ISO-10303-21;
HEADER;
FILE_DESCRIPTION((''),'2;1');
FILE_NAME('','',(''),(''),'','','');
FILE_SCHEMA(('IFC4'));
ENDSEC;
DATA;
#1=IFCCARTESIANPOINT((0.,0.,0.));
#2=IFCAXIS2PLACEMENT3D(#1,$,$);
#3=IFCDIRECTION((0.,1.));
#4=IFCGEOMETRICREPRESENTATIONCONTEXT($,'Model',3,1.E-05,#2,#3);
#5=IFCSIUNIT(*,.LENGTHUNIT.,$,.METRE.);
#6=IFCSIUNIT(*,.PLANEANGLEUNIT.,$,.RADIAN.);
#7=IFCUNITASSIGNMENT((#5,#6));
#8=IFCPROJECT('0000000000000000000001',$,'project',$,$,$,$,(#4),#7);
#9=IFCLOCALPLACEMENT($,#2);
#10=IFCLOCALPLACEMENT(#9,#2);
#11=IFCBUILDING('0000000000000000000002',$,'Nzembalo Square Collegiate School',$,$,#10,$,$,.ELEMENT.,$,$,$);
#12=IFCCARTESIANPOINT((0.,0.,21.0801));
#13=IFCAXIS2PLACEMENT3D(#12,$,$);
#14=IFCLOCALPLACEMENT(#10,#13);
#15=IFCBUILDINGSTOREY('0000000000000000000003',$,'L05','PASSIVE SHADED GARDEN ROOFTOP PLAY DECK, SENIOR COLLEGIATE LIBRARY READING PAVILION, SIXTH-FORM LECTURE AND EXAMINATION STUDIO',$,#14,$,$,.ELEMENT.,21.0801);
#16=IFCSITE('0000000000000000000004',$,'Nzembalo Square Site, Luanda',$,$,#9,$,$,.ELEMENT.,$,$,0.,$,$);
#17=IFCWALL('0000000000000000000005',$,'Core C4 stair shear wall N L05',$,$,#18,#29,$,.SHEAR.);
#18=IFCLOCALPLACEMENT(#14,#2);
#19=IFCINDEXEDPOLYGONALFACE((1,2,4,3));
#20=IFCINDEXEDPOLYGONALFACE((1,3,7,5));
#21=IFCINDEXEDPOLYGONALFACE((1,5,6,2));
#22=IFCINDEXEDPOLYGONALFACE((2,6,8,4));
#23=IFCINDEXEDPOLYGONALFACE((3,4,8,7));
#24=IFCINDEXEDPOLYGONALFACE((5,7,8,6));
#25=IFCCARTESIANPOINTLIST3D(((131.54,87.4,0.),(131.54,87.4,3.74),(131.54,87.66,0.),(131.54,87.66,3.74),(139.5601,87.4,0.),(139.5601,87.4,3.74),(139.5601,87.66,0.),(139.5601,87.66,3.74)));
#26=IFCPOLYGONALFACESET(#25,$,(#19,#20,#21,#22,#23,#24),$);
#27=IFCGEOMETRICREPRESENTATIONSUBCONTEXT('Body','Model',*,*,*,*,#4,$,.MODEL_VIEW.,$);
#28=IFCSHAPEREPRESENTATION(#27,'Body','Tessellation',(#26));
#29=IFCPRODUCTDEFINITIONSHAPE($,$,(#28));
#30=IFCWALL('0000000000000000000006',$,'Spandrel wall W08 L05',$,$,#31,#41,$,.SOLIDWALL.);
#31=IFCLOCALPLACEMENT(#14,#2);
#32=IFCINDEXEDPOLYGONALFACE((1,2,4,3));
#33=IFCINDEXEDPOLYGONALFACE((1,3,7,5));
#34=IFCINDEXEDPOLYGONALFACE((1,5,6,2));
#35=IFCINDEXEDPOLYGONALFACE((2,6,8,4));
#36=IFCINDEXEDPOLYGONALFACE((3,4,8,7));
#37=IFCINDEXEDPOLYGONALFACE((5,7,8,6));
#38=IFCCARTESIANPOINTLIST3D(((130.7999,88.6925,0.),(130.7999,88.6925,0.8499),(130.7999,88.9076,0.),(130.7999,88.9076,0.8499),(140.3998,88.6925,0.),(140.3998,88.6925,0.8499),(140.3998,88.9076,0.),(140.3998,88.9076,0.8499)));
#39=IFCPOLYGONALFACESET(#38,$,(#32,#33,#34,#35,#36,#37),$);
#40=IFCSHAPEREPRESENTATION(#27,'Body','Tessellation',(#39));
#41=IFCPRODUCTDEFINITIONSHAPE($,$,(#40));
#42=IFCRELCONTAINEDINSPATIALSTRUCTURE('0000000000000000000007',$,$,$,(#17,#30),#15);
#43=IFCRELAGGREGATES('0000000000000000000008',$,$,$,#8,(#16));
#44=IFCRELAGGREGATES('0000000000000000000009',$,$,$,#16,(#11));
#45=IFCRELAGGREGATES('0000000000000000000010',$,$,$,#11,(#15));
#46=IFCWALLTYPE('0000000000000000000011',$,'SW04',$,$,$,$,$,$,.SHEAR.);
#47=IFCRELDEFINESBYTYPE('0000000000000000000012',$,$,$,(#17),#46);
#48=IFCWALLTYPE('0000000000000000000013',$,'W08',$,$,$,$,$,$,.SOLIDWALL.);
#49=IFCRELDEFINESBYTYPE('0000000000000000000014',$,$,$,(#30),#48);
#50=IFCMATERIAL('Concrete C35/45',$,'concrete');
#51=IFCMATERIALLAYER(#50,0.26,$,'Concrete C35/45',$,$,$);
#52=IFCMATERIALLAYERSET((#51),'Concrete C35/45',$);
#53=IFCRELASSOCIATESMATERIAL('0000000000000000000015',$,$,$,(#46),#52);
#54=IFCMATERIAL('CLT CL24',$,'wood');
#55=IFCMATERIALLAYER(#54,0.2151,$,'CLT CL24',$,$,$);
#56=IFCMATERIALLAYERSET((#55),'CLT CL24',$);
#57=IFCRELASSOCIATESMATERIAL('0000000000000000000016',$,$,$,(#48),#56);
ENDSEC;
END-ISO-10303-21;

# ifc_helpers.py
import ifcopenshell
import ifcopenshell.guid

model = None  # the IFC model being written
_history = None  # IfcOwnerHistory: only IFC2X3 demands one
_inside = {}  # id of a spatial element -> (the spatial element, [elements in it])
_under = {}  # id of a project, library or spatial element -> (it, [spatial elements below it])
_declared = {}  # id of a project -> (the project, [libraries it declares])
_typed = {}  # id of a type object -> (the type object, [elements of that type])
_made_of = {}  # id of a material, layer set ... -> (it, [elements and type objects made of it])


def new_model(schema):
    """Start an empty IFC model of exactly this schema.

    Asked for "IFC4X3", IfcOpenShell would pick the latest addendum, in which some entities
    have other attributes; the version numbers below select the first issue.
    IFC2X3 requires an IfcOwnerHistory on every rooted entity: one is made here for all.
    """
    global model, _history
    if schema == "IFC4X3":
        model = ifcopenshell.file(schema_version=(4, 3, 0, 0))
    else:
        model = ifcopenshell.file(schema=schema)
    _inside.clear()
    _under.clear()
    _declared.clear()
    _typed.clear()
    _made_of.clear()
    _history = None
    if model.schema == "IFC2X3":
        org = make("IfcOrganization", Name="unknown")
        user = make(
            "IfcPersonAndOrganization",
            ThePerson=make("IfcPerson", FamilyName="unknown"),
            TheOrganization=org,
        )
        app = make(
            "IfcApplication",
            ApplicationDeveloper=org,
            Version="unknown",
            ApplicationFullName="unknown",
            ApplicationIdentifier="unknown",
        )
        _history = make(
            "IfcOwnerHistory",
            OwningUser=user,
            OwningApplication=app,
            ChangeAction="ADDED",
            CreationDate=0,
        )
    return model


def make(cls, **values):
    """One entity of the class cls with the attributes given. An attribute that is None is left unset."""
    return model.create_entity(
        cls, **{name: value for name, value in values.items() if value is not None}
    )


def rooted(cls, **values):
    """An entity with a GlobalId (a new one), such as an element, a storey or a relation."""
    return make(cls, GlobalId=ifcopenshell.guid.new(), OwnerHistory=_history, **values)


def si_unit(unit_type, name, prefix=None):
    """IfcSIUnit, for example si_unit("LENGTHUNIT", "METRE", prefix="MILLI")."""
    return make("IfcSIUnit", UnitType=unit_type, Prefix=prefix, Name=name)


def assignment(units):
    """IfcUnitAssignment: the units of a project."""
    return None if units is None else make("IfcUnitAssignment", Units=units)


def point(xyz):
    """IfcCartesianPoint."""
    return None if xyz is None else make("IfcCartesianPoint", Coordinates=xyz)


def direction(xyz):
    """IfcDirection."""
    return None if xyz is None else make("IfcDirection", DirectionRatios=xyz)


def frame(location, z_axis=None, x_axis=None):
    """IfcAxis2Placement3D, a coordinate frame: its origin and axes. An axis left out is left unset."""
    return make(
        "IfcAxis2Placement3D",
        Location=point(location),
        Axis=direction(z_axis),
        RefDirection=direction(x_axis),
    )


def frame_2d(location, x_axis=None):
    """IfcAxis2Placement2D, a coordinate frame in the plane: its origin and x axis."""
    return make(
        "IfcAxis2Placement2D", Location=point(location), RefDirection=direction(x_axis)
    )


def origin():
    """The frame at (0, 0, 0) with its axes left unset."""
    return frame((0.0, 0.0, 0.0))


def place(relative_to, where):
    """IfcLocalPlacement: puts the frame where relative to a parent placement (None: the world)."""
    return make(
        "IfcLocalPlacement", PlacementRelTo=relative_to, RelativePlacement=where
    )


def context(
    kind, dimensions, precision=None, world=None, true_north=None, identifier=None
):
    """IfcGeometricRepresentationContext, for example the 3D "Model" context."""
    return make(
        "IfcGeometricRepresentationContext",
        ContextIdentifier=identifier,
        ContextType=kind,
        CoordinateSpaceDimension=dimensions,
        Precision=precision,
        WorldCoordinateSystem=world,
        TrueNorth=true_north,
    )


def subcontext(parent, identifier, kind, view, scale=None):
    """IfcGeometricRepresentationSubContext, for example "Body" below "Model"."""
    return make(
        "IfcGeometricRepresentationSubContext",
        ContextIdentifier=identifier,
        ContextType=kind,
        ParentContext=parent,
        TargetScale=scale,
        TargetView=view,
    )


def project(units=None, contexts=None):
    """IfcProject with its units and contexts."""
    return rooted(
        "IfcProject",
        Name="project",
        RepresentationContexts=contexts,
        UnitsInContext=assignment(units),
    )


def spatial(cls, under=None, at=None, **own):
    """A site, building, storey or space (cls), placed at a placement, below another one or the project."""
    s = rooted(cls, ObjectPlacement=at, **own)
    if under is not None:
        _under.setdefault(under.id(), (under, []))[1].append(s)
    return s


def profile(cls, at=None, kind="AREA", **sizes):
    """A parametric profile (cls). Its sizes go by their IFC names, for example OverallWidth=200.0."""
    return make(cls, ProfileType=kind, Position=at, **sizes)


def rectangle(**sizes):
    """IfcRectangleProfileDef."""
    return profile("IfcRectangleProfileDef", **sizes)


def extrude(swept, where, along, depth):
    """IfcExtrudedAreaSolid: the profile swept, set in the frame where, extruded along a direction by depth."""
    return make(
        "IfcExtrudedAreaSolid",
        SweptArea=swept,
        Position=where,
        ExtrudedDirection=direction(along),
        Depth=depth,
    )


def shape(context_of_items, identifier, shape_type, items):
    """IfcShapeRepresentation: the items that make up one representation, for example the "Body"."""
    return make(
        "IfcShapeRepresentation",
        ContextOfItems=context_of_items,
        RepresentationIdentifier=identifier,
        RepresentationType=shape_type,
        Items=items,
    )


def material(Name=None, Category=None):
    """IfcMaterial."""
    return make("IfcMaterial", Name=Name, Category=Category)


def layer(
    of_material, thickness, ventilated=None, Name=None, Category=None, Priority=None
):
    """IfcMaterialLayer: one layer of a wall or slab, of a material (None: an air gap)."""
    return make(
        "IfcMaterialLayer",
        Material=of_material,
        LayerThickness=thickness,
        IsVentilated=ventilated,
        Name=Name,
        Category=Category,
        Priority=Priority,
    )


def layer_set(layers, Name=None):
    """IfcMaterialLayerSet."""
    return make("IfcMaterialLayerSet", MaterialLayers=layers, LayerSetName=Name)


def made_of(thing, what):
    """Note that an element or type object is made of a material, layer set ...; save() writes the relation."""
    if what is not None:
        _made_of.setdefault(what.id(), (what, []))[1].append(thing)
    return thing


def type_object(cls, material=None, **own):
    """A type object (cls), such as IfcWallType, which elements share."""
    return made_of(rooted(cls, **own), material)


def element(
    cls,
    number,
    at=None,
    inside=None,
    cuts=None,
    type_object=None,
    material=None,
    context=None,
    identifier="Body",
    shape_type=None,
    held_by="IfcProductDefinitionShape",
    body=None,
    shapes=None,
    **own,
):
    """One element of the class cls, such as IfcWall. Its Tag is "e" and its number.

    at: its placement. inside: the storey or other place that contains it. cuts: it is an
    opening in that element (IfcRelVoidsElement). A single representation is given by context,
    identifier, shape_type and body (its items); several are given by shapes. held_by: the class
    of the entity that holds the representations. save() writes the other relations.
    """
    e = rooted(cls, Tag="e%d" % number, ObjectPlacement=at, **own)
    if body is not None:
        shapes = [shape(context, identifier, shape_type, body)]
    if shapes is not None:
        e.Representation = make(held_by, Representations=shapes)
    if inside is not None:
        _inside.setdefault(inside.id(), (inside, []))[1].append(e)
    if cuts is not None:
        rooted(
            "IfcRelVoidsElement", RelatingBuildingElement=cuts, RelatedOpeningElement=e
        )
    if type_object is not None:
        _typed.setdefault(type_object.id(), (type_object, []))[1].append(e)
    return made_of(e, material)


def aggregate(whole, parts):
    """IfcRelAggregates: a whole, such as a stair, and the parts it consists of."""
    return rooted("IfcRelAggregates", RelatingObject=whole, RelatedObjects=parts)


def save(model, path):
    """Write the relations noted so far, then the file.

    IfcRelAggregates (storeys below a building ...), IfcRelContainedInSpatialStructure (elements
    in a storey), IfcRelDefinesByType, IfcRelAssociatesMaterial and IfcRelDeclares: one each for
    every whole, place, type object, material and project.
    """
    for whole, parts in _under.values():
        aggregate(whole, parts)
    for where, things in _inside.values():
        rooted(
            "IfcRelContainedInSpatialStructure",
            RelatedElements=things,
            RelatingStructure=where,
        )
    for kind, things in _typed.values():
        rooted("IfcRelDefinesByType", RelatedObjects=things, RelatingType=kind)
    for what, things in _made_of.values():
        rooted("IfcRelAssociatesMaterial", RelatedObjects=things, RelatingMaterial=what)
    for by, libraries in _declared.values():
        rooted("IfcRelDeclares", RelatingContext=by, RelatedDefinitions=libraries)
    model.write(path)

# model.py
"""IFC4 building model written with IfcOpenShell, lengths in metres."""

from ifc_helpers import new_model, si_unit, direction, frame, frame_2d, origin, place, context, subcontext, project, spatial, rectangle, extrude, material, layer, layer_set, type_object, element, save


model = new_model("IFC4")

# Units and contexts
model_context = context("Model", 3, precision=1e-05, world=origin(), true_north=direction((0.0, 1.0)))
body_context = subcontext(model_context, "Body", "Model", "MODEL_VIEW")
ifc_project = project(units=[si_unit("LENGTHUNIT", "METRE"), si_unit("PLANEANGLEUNIT", "RADIAN")], contexts=[model_context])

# Site, building, storey
site_placement = place(None, origin())
site = spatial("IfcSite", under=ifc_project, at=site_placement, Name="Nzembalo Square Site, Luanda", CompositionType="ELEMENT", RefElevation=0.0)
building_placement = place(site_placement, origin())
building = spatial("IfcBuilding", under=site, at=building_placement, Name="Nzembalo Square Collegiate School", CompositionType="ELEMENT")
storey_placement = place(building_placement, frame((0.0, 0.0, 21.0801)))
storey = spatial("IfcBuildingStorey", under=building, at=storey_placement, Name="L05", Description="PASSIVE SHADED GARDEN ROOFTOP PLAY DECK, SENIOR COLLEGIATE LIBRARY READING PAVILION, SIXTH-FORM LECTURE AND EXAMINATION STUDIO", CompositionType="ELEMENT", Elevation=21.0801)

# Walls
ifc_material_1 = material(Name="Concrete C35/45", Category="concrete")
ifc_layer_1 = layer(ifc_material_1, 0.26, Name="Concrete C35/45")
ifc_layer_set_1 = layer_set([ifc_layer_1], Name="Concrete C35/45")
wall_type_1 = type_object("IfcWallType", Name="SW04", PredefinedType="SHEAR", material=ifc_layer_set_1)
wall_1_placement = place(storey_placement, frame((131.54, 87.53, 0.0), z_axis=(0.0, 0.0, 1.0), x_axis=(1.0, 0.0, 0.0)))
element("IfcWall", 1, at=wall_1_placement, inside=storey, type_object=wall_type_1, Name="Core C4 stair shear wall N L05", PredefinedType="SHEAR", context=body_context, shape_type="SweptSolid", body=[
    extrude(rectangle(XDim=8.02, YDim=0.26, at=frame_2d((4.01, 0.0))), origin(), (0.0, 0.0, 1.0), 3.74),
])
ifc_material_2 = material(Name="CLT CL24", Category="wood")
ifc_layer_2 = layer(ifc_material_2, 0.2151, Name="CLT CL24")
ifc_layer_set_2 = layer_set([ifc_layer_2], Name="CLT CL24")
wall_type_2 = type_object("IfcWallType", Name="W08", PredefinedType="SOLIDWALL", material=ifc_layer_set_2)
wall_2_placement = place(storey_placement, frame((130.8, 88.8, 0.0), z_axis=(0.0, 0.0, 1.0), x_axis=(1.0, 0.0, 0.0)))
element("IfcWall", 2, at=wall_2_placement, inside=storey, type_object=wall_type_2, Name="Spandrel wall W08 L05", PredefinedType="SOLIDWALL", context=body_context, shape_type="SweptSolid", body=[
    extrude(rectangle(XDim=9.5999, YDim=0.2151, at=frame_2d((4.7998, 0.0))), origin(), (0.0, 0.0, 1.0), 0.8499),
])

save(model, "model.ifc")
